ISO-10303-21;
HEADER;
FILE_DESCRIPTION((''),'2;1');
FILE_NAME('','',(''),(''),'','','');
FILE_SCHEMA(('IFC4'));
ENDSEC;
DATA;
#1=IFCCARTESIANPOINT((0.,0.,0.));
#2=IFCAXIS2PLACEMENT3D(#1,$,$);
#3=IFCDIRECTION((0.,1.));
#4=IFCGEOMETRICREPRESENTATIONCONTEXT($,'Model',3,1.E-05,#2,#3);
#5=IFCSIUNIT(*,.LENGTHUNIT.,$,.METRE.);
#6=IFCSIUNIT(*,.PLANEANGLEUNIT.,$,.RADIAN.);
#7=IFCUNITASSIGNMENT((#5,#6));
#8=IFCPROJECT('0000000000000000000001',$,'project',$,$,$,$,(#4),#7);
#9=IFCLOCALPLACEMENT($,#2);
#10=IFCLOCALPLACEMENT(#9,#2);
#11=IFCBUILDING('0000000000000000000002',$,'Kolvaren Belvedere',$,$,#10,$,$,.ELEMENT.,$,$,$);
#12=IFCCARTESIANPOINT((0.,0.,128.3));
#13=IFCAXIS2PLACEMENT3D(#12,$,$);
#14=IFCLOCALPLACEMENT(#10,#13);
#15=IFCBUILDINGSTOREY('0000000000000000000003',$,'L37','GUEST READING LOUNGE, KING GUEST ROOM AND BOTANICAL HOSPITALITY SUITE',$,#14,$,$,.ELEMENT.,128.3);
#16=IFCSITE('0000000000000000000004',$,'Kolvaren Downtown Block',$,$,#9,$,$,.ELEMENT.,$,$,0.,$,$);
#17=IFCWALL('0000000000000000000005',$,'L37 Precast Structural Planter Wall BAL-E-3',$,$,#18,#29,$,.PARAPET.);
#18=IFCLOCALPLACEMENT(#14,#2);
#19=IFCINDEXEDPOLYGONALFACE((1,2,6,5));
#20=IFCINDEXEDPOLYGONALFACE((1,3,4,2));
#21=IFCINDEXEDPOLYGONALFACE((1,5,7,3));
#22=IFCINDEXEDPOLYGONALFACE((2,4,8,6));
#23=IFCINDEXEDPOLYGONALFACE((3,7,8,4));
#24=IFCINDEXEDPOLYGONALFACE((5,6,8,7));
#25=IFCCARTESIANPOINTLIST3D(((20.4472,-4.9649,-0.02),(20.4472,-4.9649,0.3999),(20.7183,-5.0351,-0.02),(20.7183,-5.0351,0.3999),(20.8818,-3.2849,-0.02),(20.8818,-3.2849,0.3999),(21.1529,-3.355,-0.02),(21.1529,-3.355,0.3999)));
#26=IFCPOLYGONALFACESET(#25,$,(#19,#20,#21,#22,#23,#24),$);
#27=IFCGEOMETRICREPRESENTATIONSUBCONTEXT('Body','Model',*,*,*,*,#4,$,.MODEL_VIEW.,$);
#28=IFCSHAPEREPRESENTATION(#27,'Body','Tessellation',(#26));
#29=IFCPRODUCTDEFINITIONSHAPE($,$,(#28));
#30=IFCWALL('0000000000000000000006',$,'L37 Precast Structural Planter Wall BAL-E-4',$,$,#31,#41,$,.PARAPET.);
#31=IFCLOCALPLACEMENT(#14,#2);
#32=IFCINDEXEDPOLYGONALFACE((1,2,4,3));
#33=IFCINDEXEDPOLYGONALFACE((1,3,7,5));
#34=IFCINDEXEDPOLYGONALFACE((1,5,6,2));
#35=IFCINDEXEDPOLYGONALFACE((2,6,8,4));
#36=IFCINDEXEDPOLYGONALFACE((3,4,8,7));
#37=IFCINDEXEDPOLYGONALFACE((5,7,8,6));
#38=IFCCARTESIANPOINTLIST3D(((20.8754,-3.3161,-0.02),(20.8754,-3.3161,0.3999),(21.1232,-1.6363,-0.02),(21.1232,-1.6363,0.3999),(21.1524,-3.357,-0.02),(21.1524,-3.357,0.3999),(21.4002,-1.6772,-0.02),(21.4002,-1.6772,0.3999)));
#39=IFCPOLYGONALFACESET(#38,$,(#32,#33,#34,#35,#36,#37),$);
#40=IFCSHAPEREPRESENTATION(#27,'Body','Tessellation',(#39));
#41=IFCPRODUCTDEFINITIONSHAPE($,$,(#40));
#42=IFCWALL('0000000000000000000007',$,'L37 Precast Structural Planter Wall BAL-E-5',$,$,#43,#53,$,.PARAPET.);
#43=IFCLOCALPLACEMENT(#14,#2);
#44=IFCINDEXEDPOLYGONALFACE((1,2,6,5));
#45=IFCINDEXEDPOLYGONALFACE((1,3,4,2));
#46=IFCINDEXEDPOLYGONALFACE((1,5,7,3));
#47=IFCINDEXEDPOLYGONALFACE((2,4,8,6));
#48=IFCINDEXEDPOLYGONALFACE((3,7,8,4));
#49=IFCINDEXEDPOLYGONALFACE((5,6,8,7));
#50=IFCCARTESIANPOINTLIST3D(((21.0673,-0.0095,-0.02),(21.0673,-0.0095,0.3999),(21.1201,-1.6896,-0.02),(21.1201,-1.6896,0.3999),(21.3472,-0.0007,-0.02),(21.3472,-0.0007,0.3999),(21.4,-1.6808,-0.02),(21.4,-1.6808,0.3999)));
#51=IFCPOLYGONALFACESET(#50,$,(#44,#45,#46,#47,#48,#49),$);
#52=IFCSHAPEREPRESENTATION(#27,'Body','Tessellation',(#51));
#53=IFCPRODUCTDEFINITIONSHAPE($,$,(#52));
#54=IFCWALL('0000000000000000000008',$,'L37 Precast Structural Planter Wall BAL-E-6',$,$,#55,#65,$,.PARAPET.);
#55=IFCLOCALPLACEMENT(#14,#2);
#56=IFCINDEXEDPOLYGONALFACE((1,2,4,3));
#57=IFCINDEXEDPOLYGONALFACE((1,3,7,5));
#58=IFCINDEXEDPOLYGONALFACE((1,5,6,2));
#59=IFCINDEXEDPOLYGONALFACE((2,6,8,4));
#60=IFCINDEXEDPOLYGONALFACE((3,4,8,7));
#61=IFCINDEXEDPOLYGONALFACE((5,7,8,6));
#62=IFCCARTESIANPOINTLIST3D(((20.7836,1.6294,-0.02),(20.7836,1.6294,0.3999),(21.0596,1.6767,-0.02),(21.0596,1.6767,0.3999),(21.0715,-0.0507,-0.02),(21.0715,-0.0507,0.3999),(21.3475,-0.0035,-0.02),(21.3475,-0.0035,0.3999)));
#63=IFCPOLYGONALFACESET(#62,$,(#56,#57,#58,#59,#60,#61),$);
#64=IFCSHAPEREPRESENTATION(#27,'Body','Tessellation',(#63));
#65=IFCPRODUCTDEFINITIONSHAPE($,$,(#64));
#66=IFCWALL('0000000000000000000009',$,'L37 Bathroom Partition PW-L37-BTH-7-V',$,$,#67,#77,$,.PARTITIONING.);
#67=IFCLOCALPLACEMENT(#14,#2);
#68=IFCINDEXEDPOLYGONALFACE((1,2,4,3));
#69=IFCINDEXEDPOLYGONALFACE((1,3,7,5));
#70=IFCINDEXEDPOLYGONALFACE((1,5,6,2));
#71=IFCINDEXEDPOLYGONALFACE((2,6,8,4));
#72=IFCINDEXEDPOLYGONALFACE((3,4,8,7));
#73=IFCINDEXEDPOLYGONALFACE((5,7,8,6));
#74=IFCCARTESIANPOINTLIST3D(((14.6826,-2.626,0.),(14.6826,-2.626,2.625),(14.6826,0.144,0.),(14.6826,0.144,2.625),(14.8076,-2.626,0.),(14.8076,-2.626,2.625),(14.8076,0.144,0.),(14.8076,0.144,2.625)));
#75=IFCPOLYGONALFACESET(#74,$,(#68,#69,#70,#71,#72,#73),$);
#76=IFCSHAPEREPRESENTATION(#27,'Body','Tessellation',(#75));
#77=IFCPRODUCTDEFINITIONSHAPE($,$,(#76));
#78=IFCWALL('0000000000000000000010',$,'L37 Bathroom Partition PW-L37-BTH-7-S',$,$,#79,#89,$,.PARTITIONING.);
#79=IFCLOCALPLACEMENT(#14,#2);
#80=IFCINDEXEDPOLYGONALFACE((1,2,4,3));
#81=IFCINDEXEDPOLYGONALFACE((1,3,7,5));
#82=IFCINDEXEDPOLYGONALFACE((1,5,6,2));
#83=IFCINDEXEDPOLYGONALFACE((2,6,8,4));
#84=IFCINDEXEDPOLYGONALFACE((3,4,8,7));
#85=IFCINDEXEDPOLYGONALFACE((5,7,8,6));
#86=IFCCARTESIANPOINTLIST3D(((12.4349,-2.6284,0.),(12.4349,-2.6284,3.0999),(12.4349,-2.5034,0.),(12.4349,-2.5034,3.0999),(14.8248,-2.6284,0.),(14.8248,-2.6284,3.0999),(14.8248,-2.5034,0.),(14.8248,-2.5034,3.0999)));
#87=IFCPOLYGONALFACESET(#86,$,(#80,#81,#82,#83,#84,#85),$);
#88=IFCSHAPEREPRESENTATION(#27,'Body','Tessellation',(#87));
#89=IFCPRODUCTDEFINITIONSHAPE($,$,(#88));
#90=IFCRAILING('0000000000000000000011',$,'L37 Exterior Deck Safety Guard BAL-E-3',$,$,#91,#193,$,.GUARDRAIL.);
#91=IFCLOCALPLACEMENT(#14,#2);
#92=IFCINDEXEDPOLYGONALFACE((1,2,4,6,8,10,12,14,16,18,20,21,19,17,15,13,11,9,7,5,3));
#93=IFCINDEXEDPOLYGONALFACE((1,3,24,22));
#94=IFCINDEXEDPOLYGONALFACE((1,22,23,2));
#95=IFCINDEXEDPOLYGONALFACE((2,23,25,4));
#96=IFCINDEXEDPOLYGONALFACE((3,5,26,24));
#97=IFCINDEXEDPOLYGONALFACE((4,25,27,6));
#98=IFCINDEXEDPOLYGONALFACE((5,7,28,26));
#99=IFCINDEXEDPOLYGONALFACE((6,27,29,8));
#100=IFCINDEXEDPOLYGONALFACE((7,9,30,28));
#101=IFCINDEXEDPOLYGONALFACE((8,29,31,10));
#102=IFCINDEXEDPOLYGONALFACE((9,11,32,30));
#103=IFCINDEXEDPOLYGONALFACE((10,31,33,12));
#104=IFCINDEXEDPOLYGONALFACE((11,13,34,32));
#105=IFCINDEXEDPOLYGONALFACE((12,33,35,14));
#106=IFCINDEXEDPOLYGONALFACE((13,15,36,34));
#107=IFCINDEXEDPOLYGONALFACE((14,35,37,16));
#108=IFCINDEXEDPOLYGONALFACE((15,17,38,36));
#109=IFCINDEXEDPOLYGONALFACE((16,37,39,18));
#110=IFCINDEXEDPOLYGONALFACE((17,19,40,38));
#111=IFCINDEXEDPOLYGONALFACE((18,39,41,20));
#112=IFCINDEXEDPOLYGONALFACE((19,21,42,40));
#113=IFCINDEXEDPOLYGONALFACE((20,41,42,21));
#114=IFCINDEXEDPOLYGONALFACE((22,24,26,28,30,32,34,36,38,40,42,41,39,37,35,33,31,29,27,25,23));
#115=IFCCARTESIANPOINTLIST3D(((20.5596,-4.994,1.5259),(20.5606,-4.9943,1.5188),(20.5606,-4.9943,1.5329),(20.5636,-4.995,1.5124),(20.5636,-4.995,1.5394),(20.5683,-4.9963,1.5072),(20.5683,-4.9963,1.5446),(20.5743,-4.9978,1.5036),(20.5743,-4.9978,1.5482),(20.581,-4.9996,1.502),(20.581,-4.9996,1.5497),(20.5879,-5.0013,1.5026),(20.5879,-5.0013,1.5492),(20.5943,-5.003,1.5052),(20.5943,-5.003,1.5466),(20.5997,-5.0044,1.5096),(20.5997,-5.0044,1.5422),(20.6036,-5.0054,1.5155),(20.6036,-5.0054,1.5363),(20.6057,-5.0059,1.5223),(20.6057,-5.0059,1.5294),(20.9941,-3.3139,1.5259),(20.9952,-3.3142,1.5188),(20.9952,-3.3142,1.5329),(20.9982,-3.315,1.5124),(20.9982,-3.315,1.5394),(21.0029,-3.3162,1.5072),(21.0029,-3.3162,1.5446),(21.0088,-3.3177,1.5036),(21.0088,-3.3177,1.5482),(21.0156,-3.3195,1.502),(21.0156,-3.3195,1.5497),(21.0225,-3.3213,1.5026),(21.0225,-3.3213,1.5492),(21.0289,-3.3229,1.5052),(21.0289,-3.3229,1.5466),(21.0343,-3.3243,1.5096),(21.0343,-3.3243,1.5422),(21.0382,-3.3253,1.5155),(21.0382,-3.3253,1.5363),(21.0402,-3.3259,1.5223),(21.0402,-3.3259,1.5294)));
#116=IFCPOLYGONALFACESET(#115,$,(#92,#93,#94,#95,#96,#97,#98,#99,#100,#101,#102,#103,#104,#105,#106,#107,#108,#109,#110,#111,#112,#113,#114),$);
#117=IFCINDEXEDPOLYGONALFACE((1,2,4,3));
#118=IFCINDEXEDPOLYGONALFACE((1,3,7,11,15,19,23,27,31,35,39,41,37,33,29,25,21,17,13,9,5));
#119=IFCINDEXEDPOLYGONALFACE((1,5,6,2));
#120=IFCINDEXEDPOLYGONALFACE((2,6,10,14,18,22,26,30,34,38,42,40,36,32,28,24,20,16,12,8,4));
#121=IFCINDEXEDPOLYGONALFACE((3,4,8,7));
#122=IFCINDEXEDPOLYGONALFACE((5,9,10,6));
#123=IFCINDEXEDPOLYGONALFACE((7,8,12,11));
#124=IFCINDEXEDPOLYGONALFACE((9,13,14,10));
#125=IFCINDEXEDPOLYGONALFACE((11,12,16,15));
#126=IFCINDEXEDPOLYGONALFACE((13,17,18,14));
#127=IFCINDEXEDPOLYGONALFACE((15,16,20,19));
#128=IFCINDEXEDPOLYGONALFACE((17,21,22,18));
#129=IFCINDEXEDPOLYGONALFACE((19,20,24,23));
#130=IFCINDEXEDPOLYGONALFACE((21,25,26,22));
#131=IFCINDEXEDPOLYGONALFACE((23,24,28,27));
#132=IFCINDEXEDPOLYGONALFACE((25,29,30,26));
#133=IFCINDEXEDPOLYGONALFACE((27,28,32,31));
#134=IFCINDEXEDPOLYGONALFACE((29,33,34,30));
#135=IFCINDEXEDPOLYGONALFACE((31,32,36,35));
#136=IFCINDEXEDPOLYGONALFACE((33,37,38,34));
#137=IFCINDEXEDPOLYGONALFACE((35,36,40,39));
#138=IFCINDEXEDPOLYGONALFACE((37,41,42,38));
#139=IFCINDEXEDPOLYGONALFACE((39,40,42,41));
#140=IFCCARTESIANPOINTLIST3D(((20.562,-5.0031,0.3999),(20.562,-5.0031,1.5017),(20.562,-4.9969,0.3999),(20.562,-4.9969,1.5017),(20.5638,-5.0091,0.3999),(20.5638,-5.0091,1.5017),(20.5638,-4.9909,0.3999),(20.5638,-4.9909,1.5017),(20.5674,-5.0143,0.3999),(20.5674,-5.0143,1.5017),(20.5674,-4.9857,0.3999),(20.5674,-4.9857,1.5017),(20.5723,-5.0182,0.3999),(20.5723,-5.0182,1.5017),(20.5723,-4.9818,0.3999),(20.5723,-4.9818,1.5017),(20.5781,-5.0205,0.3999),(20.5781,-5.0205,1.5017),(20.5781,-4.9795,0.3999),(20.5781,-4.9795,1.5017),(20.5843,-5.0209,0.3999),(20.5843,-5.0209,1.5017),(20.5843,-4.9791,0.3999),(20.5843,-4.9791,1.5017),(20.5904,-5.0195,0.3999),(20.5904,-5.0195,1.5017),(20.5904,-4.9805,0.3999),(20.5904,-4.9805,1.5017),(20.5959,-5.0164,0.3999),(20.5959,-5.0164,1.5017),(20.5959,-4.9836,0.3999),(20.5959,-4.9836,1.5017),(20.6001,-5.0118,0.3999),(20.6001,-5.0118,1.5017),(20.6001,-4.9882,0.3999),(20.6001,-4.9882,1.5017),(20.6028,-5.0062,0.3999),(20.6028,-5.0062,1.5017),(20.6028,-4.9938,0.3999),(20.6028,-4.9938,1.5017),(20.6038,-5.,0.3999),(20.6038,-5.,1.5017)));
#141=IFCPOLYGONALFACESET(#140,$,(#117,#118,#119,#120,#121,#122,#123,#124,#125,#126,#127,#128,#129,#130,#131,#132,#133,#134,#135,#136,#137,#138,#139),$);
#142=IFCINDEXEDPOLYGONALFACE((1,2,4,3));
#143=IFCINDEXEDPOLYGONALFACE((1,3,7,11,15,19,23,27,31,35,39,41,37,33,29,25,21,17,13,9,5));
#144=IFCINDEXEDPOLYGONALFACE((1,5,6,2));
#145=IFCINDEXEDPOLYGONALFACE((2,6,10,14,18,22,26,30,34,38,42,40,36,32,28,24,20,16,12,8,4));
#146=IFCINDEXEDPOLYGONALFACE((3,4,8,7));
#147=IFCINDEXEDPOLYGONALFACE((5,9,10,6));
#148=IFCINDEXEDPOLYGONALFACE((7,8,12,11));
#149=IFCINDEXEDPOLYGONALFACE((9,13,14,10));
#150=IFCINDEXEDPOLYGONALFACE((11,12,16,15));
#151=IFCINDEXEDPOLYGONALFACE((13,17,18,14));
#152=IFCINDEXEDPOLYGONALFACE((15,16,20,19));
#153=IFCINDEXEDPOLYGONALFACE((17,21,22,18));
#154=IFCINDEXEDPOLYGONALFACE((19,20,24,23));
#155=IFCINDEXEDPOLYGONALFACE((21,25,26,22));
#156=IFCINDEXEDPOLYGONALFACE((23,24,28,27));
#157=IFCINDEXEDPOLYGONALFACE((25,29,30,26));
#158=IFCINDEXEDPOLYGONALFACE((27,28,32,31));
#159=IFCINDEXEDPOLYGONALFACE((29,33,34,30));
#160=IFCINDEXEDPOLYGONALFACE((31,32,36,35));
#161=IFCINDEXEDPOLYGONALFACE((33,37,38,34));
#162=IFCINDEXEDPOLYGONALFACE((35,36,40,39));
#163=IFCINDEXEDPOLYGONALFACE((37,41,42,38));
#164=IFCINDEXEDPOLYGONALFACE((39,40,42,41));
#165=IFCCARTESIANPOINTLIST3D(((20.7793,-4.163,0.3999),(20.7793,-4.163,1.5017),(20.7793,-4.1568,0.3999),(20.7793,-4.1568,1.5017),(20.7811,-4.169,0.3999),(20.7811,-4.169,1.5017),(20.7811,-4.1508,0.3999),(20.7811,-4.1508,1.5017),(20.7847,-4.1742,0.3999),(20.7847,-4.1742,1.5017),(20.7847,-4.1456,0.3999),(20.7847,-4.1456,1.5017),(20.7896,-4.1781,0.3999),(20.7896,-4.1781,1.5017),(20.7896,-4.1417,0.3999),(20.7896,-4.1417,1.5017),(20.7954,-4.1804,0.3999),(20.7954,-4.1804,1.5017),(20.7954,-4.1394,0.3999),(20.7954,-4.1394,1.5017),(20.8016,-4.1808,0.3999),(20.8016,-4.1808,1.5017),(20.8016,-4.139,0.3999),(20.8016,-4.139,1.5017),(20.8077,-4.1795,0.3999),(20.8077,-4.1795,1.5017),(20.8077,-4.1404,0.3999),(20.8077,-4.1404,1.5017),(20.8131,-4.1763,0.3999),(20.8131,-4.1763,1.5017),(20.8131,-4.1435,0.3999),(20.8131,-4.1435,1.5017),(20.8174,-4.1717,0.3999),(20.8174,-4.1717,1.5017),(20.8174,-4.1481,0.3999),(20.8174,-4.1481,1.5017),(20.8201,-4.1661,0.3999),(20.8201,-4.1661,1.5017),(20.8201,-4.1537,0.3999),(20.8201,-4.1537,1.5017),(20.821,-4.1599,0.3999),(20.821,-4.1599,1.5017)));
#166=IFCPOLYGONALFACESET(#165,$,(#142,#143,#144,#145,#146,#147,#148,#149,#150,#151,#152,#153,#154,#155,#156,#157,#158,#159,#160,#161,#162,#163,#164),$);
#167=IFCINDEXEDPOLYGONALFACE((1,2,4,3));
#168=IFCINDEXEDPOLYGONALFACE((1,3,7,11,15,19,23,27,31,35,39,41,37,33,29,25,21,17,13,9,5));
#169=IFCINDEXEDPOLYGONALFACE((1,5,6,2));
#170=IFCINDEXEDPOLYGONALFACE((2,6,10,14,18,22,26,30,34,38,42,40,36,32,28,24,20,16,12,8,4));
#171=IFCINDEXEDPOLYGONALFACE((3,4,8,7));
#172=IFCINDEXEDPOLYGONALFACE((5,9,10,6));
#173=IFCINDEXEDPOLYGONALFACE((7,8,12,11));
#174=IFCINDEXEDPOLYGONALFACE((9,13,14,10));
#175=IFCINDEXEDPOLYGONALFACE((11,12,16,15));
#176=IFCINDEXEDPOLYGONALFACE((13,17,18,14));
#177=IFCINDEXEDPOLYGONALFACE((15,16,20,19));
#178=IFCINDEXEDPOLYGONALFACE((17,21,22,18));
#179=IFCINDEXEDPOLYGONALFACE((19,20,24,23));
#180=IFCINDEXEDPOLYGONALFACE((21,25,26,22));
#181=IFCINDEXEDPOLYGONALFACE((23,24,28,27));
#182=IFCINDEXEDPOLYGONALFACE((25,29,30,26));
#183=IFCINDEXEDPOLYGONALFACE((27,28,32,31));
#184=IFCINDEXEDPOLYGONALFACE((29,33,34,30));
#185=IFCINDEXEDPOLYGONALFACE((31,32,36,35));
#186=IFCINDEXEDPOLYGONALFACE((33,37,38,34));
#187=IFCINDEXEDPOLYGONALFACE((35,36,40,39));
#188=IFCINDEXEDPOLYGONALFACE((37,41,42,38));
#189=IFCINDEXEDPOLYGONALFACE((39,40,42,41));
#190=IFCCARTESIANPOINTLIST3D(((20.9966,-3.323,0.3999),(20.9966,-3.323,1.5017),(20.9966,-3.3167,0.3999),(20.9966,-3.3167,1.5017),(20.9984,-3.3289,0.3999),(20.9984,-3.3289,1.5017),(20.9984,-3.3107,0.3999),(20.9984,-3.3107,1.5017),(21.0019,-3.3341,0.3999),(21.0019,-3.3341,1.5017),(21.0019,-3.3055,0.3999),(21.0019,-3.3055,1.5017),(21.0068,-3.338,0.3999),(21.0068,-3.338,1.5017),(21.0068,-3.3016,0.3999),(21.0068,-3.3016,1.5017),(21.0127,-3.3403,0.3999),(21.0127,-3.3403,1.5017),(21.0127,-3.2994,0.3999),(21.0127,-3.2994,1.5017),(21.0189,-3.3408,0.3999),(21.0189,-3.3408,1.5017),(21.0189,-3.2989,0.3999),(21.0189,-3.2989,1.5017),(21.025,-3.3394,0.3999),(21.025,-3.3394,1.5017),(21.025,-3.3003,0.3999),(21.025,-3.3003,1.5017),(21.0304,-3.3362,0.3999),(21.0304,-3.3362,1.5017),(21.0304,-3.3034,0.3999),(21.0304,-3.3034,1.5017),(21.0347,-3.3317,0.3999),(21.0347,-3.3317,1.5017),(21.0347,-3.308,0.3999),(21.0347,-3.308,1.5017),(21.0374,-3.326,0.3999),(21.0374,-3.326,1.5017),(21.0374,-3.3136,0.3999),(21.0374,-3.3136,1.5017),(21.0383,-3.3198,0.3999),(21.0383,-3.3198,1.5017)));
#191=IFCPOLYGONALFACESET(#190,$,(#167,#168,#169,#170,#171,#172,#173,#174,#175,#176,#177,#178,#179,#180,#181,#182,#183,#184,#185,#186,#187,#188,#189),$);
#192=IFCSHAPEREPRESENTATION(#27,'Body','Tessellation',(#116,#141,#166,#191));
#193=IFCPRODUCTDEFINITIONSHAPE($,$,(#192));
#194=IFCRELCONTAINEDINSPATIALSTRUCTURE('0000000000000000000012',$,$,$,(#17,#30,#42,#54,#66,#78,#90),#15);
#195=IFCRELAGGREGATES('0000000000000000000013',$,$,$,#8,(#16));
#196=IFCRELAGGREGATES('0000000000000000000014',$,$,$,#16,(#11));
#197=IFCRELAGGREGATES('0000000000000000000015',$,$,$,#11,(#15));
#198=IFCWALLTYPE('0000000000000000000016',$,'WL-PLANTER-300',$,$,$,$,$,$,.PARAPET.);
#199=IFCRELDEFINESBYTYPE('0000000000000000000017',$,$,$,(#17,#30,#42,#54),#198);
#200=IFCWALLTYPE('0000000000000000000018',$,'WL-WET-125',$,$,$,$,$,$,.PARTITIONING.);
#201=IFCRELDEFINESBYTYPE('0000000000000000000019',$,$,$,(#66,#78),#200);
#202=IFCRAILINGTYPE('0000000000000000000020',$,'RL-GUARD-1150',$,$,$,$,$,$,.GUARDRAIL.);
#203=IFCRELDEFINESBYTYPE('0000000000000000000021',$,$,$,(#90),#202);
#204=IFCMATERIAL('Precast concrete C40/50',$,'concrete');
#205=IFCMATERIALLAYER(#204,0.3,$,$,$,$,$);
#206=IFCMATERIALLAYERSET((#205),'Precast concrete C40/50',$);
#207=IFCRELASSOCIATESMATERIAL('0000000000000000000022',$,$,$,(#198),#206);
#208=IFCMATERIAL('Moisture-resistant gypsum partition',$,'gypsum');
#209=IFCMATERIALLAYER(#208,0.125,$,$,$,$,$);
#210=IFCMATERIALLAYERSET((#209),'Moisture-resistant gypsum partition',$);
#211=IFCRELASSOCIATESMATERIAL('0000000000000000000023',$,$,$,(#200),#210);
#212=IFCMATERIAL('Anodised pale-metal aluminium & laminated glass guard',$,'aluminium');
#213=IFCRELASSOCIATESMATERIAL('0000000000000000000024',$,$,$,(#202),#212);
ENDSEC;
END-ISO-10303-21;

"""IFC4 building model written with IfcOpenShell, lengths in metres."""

from ifc_helpers import new_model, si_unit, direction, frame, frame_2d, origin, origin_2d, place, context, subcontext, project, spatial, rectangle, circle, extrude, material, layer, layer_set, type_object, element, save


model = new_model("IFC4")

# Units and contexts
model_context = context("Model", 3, precision=1e-05, world=origin(), true_north=direction((0.0, 1.0)))
body_context = subcontext(model_context, "Body", "Model", "MODEL_VIEW")
ifc_project = project(units=[si_unit("LENGTHUNIT", "METRE"), si_unit("PLANEANGLEUNIT", "RADIAN")], contexts=[model_context])

# Site, building, storey
site_placement = place(None, origin())
site = spatial("IfcSite", under=ifc_project, at=site_placement, Name="Kolvaren Downtown Block", CompositionType="ELEMENT", RefElevation=0.0)
building_placement = place(site_placement, origin())
building = spatial("IfcBuilding", under=site, at=building_placement, Name="Kolvaren Belvedere", CompositionType="ELEMENT")
storey_placement = place(building_placement, frame((0.0, 0.0, 128.3)))
storey = spatial("IfcBuildingStorey", under=building, at=storey_placement, Name="L37", Description="GUEST READING LOUNGE, KING GUEST ROOM AND BOTANICAL HOSPITALITY SUITE", CompositionType="ELEMENT", Elevation=128.3)

# Walls
ifc_material_1 = material(Name="Precast concrete C40/50", Category="concrete")
ifc_layer_1 = layer(ifc_material_1, 0.3)
ifc_layer_set_1 = layer_set([ifc_layer_1], Name="Precast concrete C40/50")
wall_type_1 = type_object("IfcWallType", Name="WL-PLANTER-300", PredefinedType="PARAPET", material=ifc_layer_set_1)
wall_1_placement = place(storey_placement, frame((20.5828, -5.0, -0.02), z_axis=(0.0, 0.0, 1.0), x_axis=(0.250406, 0.968141, 0.0)))
element("IfcWall", 1, at=wall_1_placement, inside=storey, type_object=wall_type_1, Name="L37 Precast Structural Planter Wall BAL-E-3", PredefinedType="PARAPET", context=body_context, shape_type="SweptSolid", body=[
    extrude(rectangle(XDim=1.7354, YDim=0.28, at=frame_2d((0.8677, 0.0))), origin(), (0.0, 0.0, 1.0), 0.4199),
])
wall_2_placement = place(storey_placement, frame((21.0139, -3.3367, -0.02), z_axis=(0.0, 0.0, 1.0), x_axis=(0.145929, 0.989295, 0.0)))
element("IfcWall", 2, at=wall_2_placement, inside=storey, type_object=wall_type_1, Name="L37 Precast Structural Planter Wall BAL-E-4", PredefinedType="PARAPET", context=body_context, shape_type="SweptSolid", body=[
    extrude(rectangle(XDim=1.698, YDim=0.28, at=frame_2d((0.8491, 0.0))), origin(), (0.0, 0.0, 1.0), 0.4199),
])
wall_3_placement = place(storey_placement, frame((21.26, -1.6851, -0.02), z_axis=(0.0, 0.0, 1.0), x_axis=(-0.031371, 0.999508, 0.0)))
element("IfcWall", 3, at=wall_3_placement, inside=storey, type_object=wall_type_1, Name="L37 Precast Structural Planter Wall BAL-E-5", PredefinedType="PARAPET", context=body_context, shape_type="SweptSolid", body=[
    extrude(rectangle(XDim=1.6809, YDim=0.28, at=frame_2d((0.8403, 0.0))), origin(), (0.0, 0.0, 1.0), 0.4199),
])
wall_4_placement = place(storey_placement, frame((21.2095, -0.0271, -0.02), z_axis=(0.0, 0.0, 1.0), x_axis=(-0.168856, 0.985641, 0.0)))
element("IfcWall", 4, at=wall_4_placement, inside=storey, type_object=wall_type_1, Name="L37 Precast Structural Planter Wall BAL-E-6", PredefinedType="PARAPET", context=body_context, shape_type="SweptSolid", body=[
    extrude(rectangle(XDim=1.7046, YDim=0.28, at=frame_2d((0.8523, 0.0))), origin(), (0.0, 0.0, 1.0), 0.4199),
])
ifc_material_2 = material(Name="Moisture-resistant gypsum partition", Category="gypsum")
ifc_layer_2 = layer(ifc_material_2, 0.125)
ifc_layer_set_2 = layer_set([ifc_layer_2], Name="Moisture-resistant gypsum partition")
wall_type_2 = type_object("IfcWallType", Name="WL-WET-125", PredefinedType="PARTITIONING", material=ifc_layer_set_2)
wall_5_placement = place(storey_placement, frame((14.7451, -2.626, 0.0), z_axis=(0.0, 0.0, 1.0), x_axis=(0.0, 1.0, 0.0)))
element("IfcWall", 5, at=wall_5_placement, inside=storey, type_object=wall_type_2, Name="L37 Bathroom Partition PW-L37-BTH-7-V", PredefinedType="PARTITIONING", context=body_context, shape_type="SweptSolid", body=[
    extrude(rectangle(XDim=2.77, YDim=0.125, at=frame_2d((1.385, 0.0))), origin(), (0.0, 0.0, 1.0), 2.625),
])
wall_6_placement = place(storey_placement, frame((12.4351, -2.5659, 0.0), z_axis=(0.0, 0.0, 1.0), x_axis=(1.0, 0.0, 0.0)))
element("IfcWall", 6, at=wall_6_placement, inside=storey, type_object=wall_type_2, Name="L37 Bathroom Partition PW-L37-BTH-7-S", PredefinedType="PARTITIONING", context=body_context, shape_type="SweptSolid", body=[
    extrude(rectangle(XDim=2.3899, YDim=0.125, at=frame_2d((1.1948, 0.0))), origin(), (0.0, 0.0, 1.0), 3.0999),
])

# Railing
ifc_material_3 = material(Name="Anodised pale-metal aluminium & laminated glass guard", Category="aluminium")
railing_type = type_object("IfcRailingType", Name="RL-GUARD-1150", PredefinedType="GUARDRAIL", material=ifc_material_3)
railing_1_placement = place(storey_placement, frame((20.5828, -5.0, 0.3999)))
element("IfcRailing", 7, at=railing_1_placement, inside=storey, type_object=railing_type, Name="L37 Exterior Deck Safety Guard BAL-E-3", PredefinedType="GUARDRAIL", context=body_context, shape_type="SweptSolid", body=[
    extrude(circle(Radius=0.0239, at=origin_2d()), frame((0.0, 0.0, 1.126), z_axis=(0.250406, 0.968141, 0.0), x_axis=(-0.968141, 0.250406, 0.0)), (0.0, 0.0, 1.0), 1.7354),
    extrude(circle(Radius=0.021, at=origin_2d()), origin(), (0.0, 0.0, 1.0), 1.1018),
    extrude(circle(Radius=0.021, at=origin_2d()), frame((0.2173, 0.8401, 0.0)), (0.0, 0.0, 1.0), 1.1018),
    extrude(circle(Radius=0.021, at=origin_2d()), frame((0.4346, 1.6802, 0.0)), (0.0, 0.0, 1.0), 1.1018),
])

save(model, "model.ifc")
